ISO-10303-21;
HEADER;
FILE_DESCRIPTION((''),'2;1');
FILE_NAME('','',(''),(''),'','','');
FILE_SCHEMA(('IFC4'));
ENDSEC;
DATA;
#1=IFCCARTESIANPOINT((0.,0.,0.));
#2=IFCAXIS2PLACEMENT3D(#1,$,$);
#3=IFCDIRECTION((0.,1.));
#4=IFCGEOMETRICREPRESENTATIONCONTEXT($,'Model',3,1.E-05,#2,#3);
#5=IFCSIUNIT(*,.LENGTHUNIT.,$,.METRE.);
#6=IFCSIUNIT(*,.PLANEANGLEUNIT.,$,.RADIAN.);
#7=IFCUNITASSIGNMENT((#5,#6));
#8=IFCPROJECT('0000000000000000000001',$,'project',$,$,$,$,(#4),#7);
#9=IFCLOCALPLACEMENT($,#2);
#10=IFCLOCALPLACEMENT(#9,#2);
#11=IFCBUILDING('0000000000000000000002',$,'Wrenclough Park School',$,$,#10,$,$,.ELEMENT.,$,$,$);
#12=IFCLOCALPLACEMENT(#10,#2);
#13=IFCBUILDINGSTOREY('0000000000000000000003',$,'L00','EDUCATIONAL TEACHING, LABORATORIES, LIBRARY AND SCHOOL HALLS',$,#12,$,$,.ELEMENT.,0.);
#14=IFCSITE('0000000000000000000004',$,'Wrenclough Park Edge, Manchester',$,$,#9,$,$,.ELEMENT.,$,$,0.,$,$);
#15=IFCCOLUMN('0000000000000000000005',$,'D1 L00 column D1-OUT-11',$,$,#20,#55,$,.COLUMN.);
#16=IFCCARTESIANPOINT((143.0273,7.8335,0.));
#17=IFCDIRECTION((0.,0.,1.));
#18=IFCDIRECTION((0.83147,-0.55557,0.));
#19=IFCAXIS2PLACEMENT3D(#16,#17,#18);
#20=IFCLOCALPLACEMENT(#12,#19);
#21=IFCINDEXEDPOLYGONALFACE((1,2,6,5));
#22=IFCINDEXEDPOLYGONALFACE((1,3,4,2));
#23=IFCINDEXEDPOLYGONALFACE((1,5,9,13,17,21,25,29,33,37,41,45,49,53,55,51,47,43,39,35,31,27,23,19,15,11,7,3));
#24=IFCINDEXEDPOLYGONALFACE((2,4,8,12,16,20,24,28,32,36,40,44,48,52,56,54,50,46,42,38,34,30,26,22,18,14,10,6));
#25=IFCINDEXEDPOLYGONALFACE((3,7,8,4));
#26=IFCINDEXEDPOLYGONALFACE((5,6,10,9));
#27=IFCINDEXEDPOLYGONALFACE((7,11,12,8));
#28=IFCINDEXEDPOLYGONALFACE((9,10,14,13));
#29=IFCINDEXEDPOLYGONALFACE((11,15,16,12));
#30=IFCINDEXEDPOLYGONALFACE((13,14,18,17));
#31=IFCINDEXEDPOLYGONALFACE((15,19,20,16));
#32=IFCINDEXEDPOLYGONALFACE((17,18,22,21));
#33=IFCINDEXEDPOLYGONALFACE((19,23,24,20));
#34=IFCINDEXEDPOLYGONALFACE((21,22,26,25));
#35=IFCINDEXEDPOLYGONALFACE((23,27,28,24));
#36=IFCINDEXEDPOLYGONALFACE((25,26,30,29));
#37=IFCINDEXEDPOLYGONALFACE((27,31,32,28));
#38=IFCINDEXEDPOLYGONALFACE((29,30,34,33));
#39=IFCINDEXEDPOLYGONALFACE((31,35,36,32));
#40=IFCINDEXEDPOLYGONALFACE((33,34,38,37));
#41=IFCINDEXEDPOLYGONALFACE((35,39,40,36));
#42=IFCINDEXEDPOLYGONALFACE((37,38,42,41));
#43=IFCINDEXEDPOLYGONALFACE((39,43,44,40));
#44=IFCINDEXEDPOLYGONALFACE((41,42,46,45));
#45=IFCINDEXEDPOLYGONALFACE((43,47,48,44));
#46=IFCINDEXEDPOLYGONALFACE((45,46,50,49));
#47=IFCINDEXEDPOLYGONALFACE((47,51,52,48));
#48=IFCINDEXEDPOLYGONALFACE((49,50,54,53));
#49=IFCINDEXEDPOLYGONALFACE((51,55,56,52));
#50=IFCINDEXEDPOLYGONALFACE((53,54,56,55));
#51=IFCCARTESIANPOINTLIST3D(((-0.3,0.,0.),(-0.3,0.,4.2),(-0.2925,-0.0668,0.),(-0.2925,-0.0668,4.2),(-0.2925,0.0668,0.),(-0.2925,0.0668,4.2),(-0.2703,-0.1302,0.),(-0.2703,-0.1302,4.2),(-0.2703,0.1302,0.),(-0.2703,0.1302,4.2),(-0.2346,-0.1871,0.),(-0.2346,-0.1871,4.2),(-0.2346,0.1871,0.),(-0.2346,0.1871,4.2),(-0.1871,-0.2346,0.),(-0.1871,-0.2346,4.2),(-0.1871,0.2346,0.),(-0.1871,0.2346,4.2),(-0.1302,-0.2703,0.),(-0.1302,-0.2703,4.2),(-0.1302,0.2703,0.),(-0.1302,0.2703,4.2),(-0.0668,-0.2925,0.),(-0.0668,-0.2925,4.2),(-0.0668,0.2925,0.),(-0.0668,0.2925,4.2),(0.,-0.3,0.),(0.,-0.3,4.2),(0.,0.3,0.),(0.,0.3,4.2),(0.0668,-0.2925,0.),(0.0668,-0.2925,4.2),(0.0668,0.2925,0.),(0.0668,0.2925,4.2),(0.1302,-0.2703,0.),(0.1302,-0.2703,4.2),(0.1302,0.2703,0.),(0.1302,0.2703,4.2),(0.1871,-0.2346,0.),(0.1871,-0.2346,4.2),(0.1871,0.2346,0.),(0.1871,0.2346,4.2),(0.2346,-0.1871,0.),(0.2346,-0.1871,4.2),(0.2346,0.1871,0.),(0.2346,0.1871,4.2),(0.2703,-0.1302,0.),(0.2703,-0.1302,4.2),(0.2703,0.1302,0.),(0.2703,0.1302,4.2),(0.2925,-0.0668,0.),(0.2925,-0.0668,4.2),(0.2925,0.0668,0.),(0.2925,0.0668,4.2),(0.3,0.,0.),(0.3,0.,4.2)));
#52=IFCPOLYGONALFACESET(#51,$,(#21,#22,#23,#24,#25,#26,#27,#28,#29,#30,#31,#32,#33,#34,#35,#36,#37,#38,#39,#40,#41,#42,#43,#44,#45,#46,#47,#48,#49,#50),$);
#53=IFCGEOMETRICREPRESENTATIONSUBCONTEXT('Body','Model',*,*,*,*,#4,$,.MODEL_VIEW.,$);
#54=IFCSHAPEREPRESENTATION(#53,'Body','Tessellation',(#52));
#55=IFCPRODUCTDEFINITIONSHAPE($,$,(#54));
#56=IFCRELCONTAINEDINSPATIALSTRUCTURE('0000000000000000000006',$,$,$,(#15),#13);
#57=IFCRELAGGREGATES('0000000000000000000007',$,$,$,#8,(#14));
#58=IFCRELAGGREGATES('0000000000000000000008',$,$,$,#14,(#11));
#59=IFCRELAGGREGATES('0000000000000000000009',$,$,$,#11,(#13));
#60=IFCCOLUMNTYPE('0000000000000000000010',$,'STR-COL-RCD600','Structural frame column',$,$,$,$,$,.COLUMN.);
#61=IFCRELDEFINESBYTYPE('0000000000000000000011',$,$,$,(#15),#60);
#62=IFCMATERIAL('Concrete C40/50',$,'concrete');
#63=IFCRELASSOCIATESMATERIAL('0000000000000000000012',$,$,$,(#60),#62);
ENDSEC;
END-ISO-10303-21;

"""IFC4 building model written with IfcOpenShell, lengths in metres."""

from ifc_helpers import new_model, si_unit, direction, frame, origin, origin_2d, place, context, subcontext, project, spatial, circle, extrude, material, material_profile, profile_set, type_object, element, save


model = new_model("IFC4")

# Units and contexts
model_context = context("Model", 3, precision=1e-05, world=origin(), true_north=direction((0.0, 1.0)))
body_context = subcontext(model_context, "Body", "Model", "MODEL_VIEW")
ifc_project = project(units=[si_unit("LENGTHUNIT", "METRE"), si_unit("PLANEANGLEUNIT", "RADIAN")], contexts=[model_context])

# Site, building, storey
site_placement = place(None, origin())
site = spatial("IfcSite", under=ifc_project, at=site_placement, Name="Wrenclough Park Edge, Manchester", CompositionType="ELEMENT", RefElevation=0.0)
building_placement = place(site_placement, origin())
building = spatial("IfcBuilding", under=site, at=building_placement, Name="Wrenclough Park School", CompositionType="ELEMENT")
storey_placement = place(building_placement, origin())
storey = spatial("IfcBuildingStorey", under=building, at=storey_placement, Name="L00", Description="EDUCATIONAL TEACHING, LABORATORIES, LIBRARY AND SCHOOL HALLS", CompositionType="ELEMENT", Elevation=0.0)

# Column
ifc_material_1 = material(Name="Concrete C40/50", Category="concrete")
ifc_material_profile_1 = material_profile(ifc_material_1, circle(Radius=0.3, at=origin_2d()), Name="RC COL D600")
ifc_profile_set_1 = profile_set([ifc_material_profile_1], Name="Concrete C40/50")
column_type_1 = type_object("IfcColumnType", Name="STR-COL-RCD600", Description="Structural frame column", PredefinedType="COLUMN", material=ifc_profile_set_1)
column_placement = place(storey_placement, frame((143.0273, 7.8335, 0.0), z_axis=(0.0, 0.0, 1.0), x_axis=(0.83147, -0.55557, 0.0)))
element("IfcColumn", 1, at=column_placement, inside=storey, type_object=column_type_1, Name="D1 L00 column D1-OUT-11", PredefinedType="COLUMN", context=body_context, shape_type="SweptSolid", body=[
    extrude(circle(Radius=0.3, at=origin_2d()), origin(), (0.0, 0.0, 1.0), 4.2),
])

save(model, "model.ifc")
